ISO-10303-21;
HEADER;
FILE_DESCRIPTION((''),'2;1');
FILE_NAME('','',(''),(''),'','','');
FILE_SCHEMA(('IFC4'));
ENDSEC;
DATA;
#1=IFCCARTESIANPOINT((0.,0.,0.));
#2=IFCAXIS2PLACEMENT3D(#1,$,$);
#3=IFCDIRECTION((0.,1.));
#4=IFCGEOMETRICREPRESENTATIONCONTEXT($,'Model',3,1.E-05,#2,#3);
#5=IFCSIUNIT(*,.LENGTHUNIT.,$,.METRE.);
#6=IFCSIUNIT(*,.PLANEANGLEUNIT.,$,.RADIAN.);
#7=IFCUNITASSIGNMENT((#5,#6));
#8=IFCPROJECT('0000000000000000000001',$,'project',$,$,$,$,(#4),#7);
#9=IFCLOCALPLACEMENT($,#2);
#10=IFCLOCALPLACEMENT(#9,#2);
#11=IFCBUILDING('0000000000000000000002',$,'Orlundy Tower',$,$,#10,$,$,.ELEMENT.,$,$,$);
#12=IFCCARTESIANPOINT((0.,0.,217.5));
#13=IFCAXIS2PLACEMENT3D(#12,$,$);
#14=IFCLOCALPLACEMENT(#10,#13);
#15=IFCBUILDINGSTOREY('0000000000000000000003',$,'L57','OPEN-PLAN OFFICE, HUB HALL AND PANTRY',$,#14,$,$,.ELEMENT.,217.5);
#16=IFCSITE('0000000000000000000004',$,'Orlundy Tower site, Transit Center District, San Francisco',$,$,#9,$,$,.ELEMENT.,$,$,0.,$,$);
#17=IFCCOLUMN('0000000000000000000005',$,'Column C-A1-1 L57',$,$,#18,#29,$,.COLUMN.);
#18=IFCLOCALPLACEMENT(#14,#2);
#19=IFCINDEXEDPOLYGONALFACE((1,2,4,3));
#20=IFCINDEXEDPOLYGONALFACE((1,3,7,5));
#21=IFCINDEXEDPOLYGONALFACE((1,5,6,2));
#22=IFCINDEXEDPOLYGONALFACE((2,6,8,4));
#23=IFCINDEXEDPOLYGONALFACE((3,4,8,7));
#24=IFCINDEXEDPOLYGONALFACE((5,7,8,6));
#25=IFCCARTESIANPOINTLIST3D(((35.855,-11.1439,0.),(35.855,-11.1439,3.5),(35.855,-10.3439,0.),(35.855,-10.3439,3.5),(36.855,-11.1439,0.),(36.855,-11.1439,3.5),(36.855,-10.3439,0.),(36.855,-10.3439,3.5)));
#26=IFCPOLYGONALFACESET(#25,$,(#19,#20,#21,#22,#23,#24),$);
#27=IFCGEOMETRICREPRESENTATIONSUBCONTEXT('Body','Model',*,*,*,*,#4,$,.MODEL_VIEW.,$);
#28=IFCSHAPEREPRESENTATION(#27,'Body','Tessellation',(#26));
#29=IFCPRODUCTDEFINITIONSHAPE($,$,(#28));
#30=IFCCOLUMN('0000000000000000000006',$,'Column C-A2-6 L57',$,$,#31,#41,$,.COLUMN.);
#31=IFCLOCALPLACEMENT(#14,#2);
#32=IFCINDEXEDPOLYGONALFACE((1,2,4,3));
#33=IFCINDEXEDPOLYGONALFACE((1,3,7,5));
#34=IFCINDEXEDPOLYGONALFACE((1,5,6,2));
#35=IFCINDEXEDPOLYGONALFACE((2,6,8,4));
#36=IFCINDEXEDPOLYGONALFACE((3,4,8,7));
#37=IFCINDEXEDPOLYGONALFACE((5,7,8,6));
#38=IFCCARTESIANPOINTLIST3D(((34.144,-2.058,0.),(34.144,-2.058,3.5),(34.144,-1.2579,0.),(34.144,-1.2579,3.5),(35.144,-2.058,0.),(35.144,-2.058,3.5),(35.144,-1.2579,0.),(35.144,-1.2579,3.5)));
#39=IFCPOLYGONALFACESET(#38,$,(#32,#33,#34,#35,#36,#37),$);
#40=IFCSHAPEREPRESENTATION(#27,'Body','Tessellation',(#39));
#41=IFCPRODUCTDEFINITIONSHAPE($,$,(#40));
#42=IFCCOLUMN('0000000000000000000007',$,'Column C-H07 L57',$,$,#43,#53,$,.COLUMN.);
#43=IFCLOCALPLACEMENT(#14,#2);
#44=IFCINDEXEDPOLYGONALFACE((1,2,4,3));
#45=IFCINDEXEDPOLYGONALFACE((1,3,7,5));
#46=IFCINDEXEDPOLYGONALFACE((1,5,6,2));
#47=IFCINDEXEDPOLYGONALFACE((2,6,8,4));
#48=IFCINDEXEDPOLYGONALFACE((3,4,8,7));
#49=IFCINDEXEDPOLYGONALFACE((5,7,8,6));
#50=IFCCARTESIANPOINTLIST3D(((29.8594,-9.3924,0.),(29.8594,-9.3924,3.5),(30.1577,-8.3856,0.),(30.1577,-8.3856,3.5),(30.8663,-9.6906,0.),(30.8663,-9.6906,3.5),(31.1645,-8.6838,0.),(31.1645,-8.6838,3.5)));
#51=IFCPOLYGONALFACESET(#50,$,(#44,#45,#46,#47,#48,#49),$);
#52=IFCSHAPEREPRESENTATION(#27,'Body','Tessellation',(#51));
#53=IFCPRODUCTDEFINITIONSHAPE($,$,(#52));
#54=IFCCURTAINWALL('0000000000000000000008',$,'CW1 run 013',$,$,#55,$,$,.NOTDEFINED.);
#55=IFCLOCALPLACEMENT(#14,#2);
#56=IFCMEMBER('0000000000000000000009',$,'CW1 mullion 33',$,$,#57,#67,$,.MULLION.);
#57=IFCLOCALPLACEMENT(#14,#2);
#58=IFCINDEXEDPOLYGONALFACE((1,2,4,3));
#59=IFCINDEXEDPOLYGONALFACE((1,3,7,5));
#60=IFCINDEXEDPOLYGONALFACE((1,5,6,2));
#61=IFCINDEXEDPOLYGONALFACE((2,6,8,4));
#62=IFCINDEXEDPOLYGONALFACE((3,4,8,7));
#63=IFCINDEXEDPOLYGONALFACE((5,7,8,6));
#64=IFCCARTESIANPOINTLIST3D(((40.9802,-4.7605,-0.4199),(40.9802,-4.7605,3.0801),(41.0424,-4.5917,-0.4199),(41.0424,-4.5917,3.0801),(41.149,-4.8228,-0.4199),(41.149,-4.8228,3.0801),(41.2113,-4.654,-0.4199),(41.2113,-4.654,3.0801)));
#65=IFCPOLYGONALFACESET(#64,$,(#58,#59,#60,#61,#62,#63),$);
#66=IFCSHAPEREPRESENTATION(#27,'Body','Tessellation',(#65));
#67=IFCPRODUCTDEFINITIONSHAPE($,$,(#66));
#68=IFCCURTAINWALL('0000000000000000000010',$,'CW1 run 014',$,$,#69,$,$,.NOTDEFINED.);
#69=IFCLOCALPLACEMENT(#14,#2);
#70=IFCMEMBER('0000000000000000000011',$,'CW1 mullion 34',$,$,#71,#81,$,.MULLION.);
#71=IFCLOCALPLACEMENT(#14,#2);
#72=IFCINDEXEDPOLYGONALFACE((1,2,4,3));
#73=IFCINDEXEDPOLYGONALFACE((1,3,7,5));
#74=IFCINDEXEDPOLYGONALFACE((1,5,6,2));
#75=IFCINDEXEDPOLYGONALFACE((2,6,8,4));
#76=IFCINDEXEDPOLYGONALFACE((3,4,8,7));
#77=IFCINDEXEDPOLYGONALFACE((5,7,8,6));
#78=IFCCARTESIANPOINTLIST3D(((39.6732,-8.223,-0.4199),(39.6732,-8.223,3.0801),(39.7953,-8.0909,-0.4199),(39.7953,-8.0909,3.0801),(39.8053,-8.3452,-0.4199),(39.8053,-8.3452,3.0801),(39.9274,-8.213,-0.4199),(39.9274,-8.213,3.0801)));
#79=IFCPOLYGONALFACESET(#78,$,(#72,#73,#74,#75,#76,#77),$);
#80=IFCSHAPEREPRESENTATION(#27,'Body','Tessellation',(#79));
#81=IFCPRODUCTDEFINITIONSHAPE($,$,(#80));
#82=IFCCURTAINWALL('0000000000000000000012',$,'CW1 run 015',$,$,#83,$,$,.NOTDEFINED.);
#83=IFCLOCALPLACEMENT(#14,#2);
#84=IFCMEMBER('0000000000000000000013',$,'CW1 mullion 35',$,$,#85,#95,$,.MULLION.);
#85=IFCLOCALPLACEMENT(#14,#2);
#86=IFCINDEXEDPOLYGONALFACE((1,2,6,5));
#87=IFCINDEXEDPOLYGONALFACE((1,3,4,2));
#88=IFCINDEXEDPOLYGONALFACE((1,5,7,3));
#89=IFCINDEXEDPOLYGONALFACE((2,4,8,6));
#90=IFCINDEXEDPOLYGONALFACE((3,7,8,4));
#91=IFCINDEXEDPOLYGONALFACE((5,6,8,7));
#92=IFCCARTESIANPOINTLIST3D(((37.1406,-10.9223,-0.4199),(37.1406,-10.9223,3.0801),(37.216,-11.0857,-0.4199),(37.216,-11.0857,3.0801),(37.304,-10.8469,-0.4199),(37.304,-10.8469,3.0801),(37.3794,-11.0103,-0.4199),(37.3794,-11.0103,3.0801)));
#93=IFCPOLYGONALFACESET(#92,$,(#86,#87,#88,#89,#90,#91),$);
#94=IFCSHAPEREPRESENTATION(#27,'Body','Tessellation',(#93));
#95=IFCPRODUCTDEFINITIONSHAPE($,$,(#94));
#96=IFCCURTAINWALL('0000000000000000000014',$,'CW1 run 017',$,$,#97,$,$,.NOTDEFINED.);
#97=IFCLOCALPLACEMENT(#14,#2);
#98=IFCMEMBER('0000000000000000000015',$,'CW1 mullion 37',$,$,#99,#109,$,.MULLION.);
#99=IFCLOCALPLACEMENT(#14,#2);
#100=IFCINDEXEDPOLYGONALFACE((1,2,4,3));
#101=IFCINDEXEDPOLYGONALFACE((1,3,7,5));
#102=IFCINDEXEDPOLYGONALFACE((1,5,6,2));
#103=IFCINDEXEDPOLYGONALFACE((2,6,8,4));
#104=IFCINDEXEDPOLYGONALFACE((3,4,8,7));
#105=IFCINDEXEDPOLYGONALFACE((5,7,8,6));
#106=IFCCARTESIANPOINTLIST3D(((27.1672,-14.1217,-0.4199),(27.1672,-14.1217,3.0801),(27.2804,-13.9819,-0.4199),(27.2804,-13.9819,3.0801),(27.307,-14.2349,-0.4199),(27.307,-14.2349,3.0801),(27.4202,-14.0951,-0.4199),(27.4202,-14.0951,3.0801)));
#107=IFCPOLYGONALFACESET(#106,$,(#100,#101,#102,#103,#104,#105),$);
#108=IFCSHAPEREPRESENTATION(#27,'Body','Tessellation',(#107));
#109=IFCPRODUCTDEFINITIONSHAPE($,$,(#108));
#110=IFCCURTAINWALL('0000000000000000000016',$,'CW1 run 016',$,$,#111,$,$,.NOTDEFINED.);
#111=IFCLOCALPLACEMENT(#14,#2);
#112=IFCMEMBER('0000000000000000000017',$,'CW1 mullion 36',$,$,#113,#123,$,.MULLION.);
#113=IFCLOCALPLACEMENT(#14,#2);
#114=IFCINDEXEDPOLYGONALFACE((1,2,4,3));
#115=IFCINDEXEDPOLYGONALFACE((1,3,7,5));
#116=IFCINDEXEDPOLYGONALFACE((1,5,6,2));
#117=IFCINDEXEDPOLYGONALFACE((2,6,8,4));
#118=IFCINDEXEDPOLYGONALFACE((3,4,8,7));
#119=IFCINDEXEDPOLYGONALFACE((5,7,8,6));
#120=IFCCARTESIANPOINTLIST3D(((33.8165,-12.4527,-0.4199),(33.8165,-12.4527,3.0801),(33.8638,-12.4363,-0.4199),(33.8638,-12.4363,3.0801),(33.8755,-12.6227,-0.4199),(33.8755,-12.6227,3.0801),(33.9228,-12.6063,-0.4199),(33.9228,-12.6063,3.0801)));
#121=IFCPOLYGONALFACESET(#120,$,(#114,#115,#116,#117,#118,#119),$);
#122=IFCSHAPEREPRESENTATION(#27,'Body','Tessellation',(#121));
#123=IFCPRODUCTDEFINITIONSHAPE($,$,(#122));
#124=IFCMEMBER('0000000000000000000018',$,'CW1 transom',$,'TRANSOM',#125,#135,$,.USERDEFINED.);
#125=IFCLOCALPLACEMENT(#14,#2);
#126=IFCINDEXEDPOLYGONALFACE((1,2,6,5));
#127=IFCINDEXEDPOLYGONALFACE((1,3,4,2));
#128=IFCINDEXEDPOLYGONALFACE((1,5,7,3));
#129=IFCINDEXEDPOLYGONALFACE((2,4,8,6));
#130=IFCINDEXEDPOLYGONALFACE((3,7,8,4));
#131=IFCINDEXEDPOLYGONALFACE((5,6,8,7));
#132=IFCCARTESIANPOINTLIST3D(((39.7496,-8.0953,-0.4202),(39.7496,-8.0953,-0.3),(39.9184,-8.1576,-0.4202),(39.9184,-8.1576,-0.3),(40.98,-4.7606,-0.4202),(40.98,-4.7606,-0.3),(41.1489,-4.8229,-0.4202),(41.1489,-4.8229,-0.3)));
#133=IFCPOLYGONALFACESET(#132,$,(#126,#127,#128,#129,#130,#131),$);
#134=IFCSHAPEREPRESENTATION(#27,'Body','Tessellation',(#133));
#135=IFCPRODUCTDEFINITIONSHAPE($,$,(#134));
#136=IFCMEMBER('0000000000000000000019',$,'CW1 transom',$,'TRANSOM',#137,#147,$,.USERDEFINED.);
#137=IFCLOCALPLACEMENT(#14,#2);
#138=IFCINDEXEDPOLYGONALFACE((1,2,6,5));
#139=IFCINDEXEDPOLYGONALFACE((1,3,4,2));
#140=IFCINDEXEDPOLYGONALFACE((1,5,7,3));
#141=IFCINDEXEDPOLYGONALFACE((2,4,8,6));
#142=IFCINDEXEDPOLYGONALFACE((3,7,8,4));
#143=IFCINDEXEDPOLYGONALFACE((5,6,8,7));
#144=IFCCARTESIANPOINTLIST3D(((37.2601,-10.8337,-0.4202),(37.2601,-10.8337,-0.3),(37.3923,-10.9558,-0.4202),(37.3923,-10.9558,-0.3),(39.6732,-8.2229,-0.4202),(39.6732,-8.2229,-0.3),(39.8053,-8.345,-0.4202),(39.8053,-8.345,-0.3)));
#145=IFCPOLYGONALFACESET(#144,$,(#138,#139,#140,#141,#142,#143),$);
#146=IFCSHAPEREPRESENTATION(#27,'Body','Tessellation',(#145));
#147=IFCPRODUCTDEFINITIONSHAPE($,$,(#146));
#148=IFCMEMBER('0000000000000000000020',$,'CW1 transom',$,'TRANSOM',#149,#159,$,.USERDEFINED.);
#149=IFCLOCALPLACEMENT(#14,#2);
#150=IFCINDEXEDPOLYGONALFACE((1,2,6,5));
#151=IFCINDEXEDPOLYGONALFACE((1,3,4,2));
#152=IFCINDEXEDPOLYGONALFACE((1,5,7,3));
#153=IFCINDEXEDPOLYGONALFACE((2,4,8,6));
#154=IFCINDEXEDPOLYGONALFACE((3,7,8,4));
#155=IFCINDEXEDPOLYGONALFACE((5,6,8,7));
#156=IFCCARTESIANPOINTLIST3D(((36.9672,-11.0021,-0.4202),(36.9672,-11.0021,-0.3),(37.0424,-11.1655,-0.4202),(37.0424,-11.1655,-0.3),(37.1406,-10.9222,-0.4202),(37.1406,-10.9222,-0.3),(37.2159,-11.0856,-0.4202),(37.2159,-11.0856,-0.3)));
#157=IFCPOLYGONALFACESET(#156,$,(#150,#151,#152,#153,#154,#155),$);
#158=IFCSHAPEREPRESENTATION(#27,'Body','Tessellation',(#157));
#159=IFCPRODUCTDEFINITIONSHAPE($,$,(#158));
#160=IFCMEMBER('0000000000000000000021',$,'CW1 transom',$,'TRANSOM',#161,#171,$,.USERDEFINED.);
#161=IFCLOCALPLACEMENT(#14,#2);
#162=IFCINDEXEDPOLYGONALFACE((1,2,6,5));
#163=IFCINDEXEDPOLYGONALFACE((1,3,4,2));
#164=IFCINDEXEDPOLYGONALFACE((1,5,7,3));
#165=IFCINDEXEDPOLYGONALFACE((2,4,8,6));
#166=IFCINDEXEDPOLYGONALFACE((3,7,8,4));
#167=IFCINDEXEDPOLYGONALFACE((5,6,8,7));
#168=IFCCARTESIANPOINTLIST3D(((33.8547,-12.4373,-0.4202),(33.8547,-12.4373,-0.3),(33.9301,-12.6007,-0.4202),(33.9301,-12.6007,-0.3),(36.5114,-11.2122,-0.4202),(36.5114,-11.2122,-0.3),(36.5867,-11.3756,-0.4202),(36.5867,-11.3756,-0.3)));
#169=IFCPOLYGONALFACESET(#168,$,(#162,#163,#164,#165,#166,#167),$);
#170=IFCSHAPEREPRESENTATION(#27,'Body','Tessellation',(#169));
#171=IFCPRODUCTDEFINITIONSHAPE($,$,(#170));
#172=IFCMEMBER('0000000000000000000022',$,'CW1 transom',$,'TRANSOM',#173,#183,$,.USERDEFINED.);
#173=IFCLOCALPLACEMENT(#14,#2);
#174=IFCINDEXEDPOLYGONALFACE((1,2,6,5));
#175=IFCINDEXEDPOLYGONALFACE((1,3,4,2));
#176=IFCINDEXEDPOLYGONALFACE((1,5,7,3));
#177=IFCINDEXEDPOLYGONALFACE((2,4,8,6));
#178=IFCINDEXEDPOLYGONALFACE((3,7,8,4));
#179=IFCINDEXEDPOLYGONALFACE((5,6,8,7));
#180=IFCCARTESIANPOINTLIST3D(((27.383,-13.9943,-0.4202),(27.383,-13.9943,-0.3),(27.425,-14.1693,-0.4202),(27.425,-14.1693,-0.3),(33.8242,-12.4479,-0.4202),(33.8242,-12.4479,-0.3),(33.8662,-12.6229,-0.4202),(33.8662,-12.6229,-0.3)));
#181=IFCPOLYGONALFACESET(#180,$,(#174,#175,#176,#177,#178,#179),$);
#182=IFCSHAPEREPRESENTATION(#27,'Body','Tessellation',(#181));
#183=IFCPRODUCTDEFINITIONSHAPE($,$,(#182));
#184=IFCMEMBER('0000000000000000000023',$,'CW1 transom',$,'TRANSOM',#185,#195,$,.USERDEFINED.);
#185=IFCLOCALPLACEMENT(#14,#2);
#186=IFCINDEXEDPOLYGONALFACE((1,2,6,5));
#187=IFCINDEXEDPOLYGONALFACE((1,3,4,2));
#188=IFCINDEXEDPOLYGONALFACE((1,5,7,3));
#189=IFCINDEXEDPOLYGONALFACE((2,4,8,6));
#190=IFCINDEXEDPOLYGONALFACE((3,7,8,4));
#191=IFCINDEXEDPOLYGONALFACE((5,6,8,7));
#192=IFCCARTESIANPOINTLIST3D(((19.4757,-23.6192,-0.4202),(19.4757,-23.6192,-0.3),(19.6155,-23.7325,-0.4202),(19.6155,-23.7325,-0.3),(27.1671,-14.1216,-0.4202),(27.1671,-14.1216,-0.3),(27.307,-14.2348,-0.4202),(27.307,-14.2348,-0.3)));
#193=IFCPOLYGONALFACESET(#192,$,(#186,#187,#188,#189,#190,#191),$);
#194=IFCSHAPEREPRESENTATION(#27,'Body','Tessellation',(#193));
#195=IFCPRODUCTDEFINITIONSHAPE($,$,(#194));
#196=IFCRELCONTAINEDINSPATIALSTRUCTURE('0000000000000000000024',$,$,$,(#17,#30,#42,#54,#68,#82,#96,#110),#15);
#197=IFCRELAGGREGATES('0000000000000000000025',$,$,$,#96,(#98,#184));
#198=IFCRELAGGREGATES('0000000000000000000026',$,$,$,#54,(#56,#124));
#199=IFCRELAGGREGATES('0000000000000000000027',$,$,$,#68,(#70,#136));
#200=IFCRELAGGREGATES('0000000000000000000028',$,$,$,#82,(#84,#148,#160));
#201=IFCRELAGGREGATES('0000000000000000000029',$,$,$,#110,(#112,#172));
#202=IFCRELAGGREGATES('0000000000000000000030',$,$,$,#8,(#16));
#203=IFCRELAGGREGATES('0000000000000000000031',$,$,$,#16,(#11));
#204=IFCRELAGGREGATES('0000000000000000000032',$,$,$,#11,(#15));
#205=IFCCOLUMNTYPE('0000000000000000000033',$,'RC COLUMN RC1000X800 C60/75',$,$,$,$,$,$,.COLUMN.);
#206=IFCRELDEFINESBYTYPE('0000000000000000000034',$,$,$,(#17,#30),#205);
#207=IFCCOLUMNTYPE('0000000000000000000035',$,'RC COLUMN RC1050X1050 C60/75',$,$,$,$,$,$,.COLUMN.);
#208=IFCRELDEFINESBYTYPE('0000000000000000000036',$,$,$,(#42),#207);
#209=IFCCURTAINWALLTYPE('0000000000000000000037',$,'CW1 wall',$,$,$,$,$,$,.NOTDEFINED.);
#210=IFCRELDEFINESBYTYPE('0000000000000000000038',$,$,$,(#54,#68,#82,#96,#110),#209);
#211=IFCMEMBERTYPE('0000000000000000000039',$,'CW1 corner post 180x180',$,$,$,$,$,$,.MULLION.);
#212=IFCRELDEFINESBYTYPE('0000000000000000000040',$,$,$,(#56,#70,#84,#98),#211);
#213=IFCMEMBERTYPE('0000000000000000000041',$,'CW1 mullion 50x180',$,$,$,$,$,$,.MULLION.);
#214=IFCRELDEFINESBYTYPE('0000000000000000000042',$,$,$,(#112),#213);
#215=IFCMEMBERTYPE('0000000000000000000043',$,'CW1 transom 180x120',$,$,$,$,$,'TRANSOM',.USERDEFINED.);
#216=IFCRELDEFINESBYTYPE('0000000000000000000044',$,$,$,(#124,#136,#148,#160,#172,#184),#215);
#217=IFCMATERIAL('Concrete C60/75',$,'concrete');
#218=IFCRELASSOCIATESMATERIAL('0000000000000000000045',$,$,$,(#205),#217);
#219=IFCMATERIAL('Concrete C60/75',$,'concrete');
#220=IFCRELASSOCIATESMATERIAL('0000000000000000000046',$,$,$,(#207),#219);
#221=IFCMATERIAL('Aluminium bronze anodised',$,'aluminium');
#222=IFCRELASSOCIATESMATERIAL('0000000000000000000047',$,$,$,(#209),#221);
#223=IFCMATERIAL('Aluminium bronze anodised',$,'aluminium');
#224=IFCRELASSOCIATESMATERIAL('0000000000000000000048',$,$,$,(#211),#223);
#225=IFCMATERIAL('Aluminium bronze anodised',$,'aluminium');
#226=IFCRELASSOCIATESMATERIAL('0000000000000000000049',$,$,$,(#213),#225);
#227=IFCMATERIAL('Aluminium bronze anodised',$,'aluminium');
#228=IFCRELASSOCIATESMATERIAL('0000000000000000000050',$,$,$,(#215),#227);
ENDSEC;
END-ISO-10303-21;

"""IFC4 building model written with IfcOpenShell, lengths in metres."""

from ifc_helpers import new_model, si_unit, direction, frame, origin, origin_2d, place, context, subcontext, project, spatial, rectangle, extrude, material, material_profile, profile_set, type_object, element, aggregate, save


model = new_model("IFC4")

# Units and contexts
model_context = context("Model", 3, precision=1e-05, world=origin(), true_north=direction((0.0, 1.0)))
body_context = subcontext(model_context, "Body", "Model", "MODEL_VIEW")
ifc_project = project(units=[si_unit("LENGTHUNIT", "METRE"), si_unit("PLANEANGLEUNIT", "RADIAN")], contexts=[model_context])

# Site, building, storey
site_placement = place(None, origin())
site = spatial("IfcSite", under=ifc_project, at=site_placement, Name="Orlundy Tower site, Transit Center District, San Francisco", CompositionType="ELEMENT", RefElevation=0.0)
building_placement = place(site_placement, origin())
building = spatial("IfcBuilding", under=site, at=building_placement, Name="Orlundy Tower", CompositionType="ELEMENT")
storey_placement = place(building_placement, frame((0.0, 0.0, 217.5)))
storey = spatial("IfcBuildingStorey", under=building, at=storey_placement, Name="L57", Description="OPEN-PLAN OFFICE, HUB HALL AND PANTRY", CompositionType="ELEMENT", Elevation=217.5)

# Columns
ifc_material_1 = material(Name="Concrete C60/75", Category="concrete")
ifc_material_profile_1 = material_profile(ifc_material_1, rectangle(XDim=1.0, YDim=0.8, at=origin_2d()), Name="RC1000X800")
ifc_profile_set_1 = profile_set([ifc_material_profile_1], Name="Concrete C60/75")
column_type_1 = type_object("IfcColumnType", Name="RC COLUMN RC1000X800 C60/75", PredefinedType="COLUMN", material=ifc_profile_set_1)
for number, where, z_axis, x_axis, name in (
    (1, (36.355, -10.7439, 0.0), (0.0, 0.0, 1.0), (1.0, 0.0, 0.0), "Column C-A1-1 L57"),
    (2, (34.644, -1.658, 0.0), (0.0, 0.0, 1.0), (1.0, 0.0, 0.0), "Column C-A2-6 L57"),
):
    element("IfcColumn", number, at=place(storey_placement, frame(where, z_axis=z_axis, x_axis=x_axis)), inside=storey, type_object=column_type_1, Name=name, PredefinedType="COLUMN", context=body_context, shape_type="SweptSolid", body=[
        extrude(rectangle(XDim=1.0, YDim=0.8, at=origin_2d()), origin(), (0.0, 0.0, 1.0), 3.5),
    ])
ifc_material_2 = material(Name="Concrete C60/75", Category="concrete")
ifc_material_profile_2 = material_profile(ifc_material_2, rectangle(XDim=1.05, YDim=1.05, at=origin_2d()), Name="RC1050X1050")
ifc_profile_set_2 = profile_set([ifc_material_profile_2], Name="Concrete C60/75")
column_type_2 = type_object("IfcColumnType", Name="RC COLUMN RC1050X1050 C60/75", PredefinedType="COLUMN", material=ifc_profile_set_2)
column_placement = place(storey_placement, frame((30.512, -9.0381, 0.0), z_axis=(0.0, 0.0, 1.0), x_axis=(0.95882, -0.284015, 0.0)))
element("IfcColumn", 3, at=column_placement, inside=storey, type_object=column_type_2, Name="Column C-H07 L57", PredefinedType="COLUMN", context=body_context, shape_type="SweptSolid", body=[
    extrude(rectangle(XDim=1.05, YDim=1.05, at=origin_2d()), origin(), (0.0, 0.0, 1.0), 3.5),
])

# Curtain walls, members
ifc_material_3 = material(Name="Aluminium bronze anodised", Category="aluminium")
curtain_wall_type = type_object("IfcCurtainWallType", Name="CW1 wall", PredefinedType="NOTDEFINED", material=ifc_material_3)
curtain_wall_1_placement = place(storey_placement, origin())
curtain_wall_1 = element("IfcCurtainWall", 4, at=curtain_wall_1_placement, inside=storey, type_object=curtain_wall_type, Name="CW1 run 013", PredefinedType="NOTDEFINED")
ifc_material_4 = material(Name="Aluminium bronze anodised", Category="aluminium")
ifc_material_profile_3 = material_profile(ifc_material_4, rectangle(XDim=0.1799, YDim=0.1799, at=origin_2d()), Name="CW1 corner post 180x180")
ifc_profile_set_3 = profile_set([ifc_material_profile_3], Name="Aluminium bronze anodised")
member_type_1 = type_object("IfcMemberType", Name="CW1 corner post 180x180", PredefinedType="MULLION", material=ifc_profile_set_3)
member_1_placement = place(storey_placement, frame((41.0957, -4.7073, -0.4199), z_axis=(0.0, 0.0, 1.0), x_axis=(0.938168, -0.34618, 0.0)))
member_1 = element("IfcMember", 5, at=member_1_placement, type_object=member_type_1, Name="CW1 mullion 33", PredefinedType="MULLION", context=body_context, shape_type="SweptSolid", body=[
    extrude(rectangle(XDim=0.1799, YDim=0.1799, at=origin_2d()), origin(), (0.0, 0.0, 1.0), 3.5),
])
curtain_wall_2_placement = place(storey_placement, origin())
curtain_wall_2 = element("IfcCurtainWall", 6, at=curtain_wall_2_placement, inside=storey, type_object=curtain_wall_type, Name="CW1 run 014", PredefinedType="NOTDEFINED")
member_2_placement = place(storey_placement, frame((39.8003, -8.218, -0.4199), z_axis=(0.0, 0.0, 1.0), x_axis=(0.734348, -0.678773, 0.0)))
member_2 = element("IfcMember", 7, at=member_2_placement, type_object=member_type_1, Name="CW1 mullion 34", PredefinedType="MULLION", context=body_context, shape_type="SweptSolid", body=[
    extrude(rectangle(XDim=0.1799, YDim=0.1799, at=origin_2d()), origin(), (0.0, 0.0, 1.0), 3.5),
])
curtain_wall_3_placement = place(storey_placement, origin())
curtain_wall_3 = element("IfcCurtainWall", 8, at=curtain_wall_3_placement, inside=storey, type_object=curtain_wall_type, Name="CW1 run 015", PredefinedType="NOTDEFINED")
member_3_placement = place(storey_placement, frame((37.26, -10.9663, -0.4199), z_axis=(0.0, 0.0, 1.0), x_axis=(0.418716, -0.908117, 0.0)))
member_3 = element("IfcMember", 9, at=member_3_placement, type_object=member_type_1, Name="CW1 mullion 35", PredefinedType="MULLION", context=body_context, shape_type="SweptSolid", body=[
    extrude(rectangle(XDim=0.1799, YDim=0.1799, at=origin_2d()), origin(), (0.0, 0.0, 1.0), 3.5),
])
curtain_wall_4_placement = place(storey_placement, origin())
curtain_wall_4 = element("IfcCurtainWall", 10, at=curtain_wall_4_placement, inside=storey, type_object=curtain_wall_type, Name="CW1 run 017", PredefinedType="NOTDEFINED")
member_4_placement = place(storey_placement, frame((27.2937, -14.1084, -0.4199), z_axis=(0.0, 0.0, 1.0), x_axis=(0.77712, -0.629353, 0.0)))
member_4 = element("IfcMember", 11, at=member_4_placement, type_object=member_type_1, Name="CW1 mullion 37", PredefinedType="MULLION", context=body_context, shape_type="SweptSolid", body=[
    extrude(rectangle(XDim=0.1799, YDim=0.1799, at=origin_2d()), origin(), (0.0, 0.0, 1.0), 3.5),
])
curtain_wall_5_placement = place(storey_placement, origin())
curtain_wall_5 = element("IfcCurtainWall", 12, at=curtain_wall_5_placement, inside=storey, type_object=curtain_wall_type, Name="CW1 run 016", PredefinedType="NOTDEFINED")
ifc_material_5 = material(Name="Aluminium bronze anodised", Category="aluminium")
ifc_material_profile_4 = material_profile(ifc_material_5, rectangle(XDim=0.1799, YDim=0.05, at=origin_2d()), Name="CW1 mullion 50x180")
ifc_profile_set_4 = profile_set([ifc_material_profile_4], Name="Aluminium bronze anodised")
member_type_2 = type_object("IfcMemberType", Name="CW1 mullion 50x180", PredefinedType="MULLION", material=ifc_profile_set_4)
member_5_placement = place(storey_placement, frame((33.8696, -12.5295, -0.4199), z_axis=(0.0, 0.0, 1.0), x_axis=(0.327673, -0.944791, 0.0)))
member_5 = element("IfcMember", 13, at=member_5_placement, type_object=member_type_2, Name="CW1 mullion 36", PredefinedType="MULLION", context=body_context, shape_type="SweptSolid", body=[
    extrude(rectangle(XDim=0.1799, YDim=0.05, at=origin_2d()), origin(), (0.0, 0.0, 1.0), 3.5),
])

# Members
ifc_material_6 = material(Name="Aluminium bronze anodised", Category="aluminium")
ifc_material_profile_5 = material_profile(ifc_material_6, rectangle(XDim=0.1799, YDim=0.1201, at=origin_2d()), Name="CW1 transom 180x120")
ifc_profile_set_5 = profile_set([ifc_material_profile_5], Name="Aluminium bronze anodised")
member_type_3 = type_object("IfcMemberType", Name="CW1 transom 180x120", ElementType="TRANSOM", PredefinedType="USERDEFINED", material=ifc_profile_set_5)
member_6_placement = place(storey_placement, frame((41.0645, -4.7917, -0.3601), z_axis=(-0.346173, -0.938171, 0.0), x_axis=(0.938171, -0.346173, 0.0)))
member_6 = element("IfcMember", 14, at=member_6_placement, type_object=member_type_3, Name="CW1 transom", ObjectType="TRANSOM", PredefinedType="USERDEFINED", context=body_context, shape_type="SweptSolid", body=[
    extrude(rectangle(XDim=0.1799, YDim=0.1201, at=origin_2d()), origin(), (0.0, 0.0, 1.0), 3.5544),
])
member_7_placement = place(storey_placement, frame((39.7393, -8.2839, -0.3601), z_axis=(-0.678748, -0.734372, 0.0), x_axis=(0.734372, -0.678748, 0.0)))
member_7 = element("IfcMember", 15, at=member_7_placement, type_object=member_type_3, Name="CW1 transom", ObjectType="TRANSOM", PredefinedType="USERDEFINED", context=body_context, shape_type="SweptSolid", body=[
    extrude(rectangle(XDim=0.1799, YDim=0.1201, at=origin_2d()), origin(), (0.0, 0.0, 1.0), 3.5552),
])
member_8_placement = place(storey_placement, frame((37.1782, -11.0039, -0.3601), z_axis=(-0.908296, -0.418328, 0.0), x_axis=(0.418328, -0.908296, 0.0)))
member_8 = element("IfcMember", 16, at=member_8_placement, type_object=member_type_3, Name="CW1 transom", ObjectType="TRANSOM", PredefinedType="USERDEFINED", context=body_context, shape_type="SweptSolid", body=[
    extrude(rectangle(XDim=0.1799, YDim=0.1201, at=origin_2d()), origin(), (0.0, 0.0, 1.0), 0.1909),
])
member_9_placement = place(storey_placement, frame((36.5491, -11.2939, -0.3601), z_axis=(-0.908101, -0.418751, 0.0), x_axis=(0.418751, -0.908101, 0.0)))
member_9 = element("IfcMember", 17, at=member_9_placement, type_object=member_type_3, Name="CW1 transom", ObjectType="TRANSOM", PredefinedType="USERDEFINED", context=body_context, shape_type="SweptSolid", body=[
    extrude(rectangle(XDim=0.1799, YDim=0.1201, at=origin_2d()), origin(), (0.0, 0.0, 1.0), 2.9255),
])
member_10_placement = place(storey_placement, frame((33.8452, -12.5354, -0.3601), z_axis=(-0.97237, -0.233445, 0.0), x_axis=(0.233445, -0.97237, 0.0)))
member_10 = element("IfcMember", 18, at=member_10_placement, type_object=member_type_3, Name="CW1 transom", ObjectType="TRANSOM", PredefinedType="USERDEFINED", context=body_context, shape_type="SweptSolid", body=[
    extrude(rectangle(XDim=0.1799, YDim=0.1201, at=origin_2d()), origin(), (0.0, 0.0, 1.0), 6.6243),
])
member_11_placement = place(storey_placement, frame((27.2371, -14.1782, -0.3601), z_axis=(-0.629342, -0.777129, 0.0), x_axis=(0.777129, -0.629342, 0.0)))
member_11 = element("IfcMember", 19, at=member_11_placement, type_object=member_type_3, Name="CW1 transom", ObjectType="TRANSOM", PredefinedType="USERDEFINED", context=body_context, shape_type="SweptSolid", body=[
    extrude(rectangle(XDim=0.1799, YDim=0.1201, at=origin_2d()), origin(), (0.0, 0.0, 1.0), 12.2214),
])
aggregate(curtain_wall_4, [member_4, member_11])

aggregate(curtain_wall_1, [member_1, member_6])
aggregate(curtain_wall_2, [member_2, member_7])
aggregate(curtain_wall_3, [member_3, member_8, member_9])
aggregate(curtain_wall_5, [member_5, member_10])

save(model, "model.ifc")
